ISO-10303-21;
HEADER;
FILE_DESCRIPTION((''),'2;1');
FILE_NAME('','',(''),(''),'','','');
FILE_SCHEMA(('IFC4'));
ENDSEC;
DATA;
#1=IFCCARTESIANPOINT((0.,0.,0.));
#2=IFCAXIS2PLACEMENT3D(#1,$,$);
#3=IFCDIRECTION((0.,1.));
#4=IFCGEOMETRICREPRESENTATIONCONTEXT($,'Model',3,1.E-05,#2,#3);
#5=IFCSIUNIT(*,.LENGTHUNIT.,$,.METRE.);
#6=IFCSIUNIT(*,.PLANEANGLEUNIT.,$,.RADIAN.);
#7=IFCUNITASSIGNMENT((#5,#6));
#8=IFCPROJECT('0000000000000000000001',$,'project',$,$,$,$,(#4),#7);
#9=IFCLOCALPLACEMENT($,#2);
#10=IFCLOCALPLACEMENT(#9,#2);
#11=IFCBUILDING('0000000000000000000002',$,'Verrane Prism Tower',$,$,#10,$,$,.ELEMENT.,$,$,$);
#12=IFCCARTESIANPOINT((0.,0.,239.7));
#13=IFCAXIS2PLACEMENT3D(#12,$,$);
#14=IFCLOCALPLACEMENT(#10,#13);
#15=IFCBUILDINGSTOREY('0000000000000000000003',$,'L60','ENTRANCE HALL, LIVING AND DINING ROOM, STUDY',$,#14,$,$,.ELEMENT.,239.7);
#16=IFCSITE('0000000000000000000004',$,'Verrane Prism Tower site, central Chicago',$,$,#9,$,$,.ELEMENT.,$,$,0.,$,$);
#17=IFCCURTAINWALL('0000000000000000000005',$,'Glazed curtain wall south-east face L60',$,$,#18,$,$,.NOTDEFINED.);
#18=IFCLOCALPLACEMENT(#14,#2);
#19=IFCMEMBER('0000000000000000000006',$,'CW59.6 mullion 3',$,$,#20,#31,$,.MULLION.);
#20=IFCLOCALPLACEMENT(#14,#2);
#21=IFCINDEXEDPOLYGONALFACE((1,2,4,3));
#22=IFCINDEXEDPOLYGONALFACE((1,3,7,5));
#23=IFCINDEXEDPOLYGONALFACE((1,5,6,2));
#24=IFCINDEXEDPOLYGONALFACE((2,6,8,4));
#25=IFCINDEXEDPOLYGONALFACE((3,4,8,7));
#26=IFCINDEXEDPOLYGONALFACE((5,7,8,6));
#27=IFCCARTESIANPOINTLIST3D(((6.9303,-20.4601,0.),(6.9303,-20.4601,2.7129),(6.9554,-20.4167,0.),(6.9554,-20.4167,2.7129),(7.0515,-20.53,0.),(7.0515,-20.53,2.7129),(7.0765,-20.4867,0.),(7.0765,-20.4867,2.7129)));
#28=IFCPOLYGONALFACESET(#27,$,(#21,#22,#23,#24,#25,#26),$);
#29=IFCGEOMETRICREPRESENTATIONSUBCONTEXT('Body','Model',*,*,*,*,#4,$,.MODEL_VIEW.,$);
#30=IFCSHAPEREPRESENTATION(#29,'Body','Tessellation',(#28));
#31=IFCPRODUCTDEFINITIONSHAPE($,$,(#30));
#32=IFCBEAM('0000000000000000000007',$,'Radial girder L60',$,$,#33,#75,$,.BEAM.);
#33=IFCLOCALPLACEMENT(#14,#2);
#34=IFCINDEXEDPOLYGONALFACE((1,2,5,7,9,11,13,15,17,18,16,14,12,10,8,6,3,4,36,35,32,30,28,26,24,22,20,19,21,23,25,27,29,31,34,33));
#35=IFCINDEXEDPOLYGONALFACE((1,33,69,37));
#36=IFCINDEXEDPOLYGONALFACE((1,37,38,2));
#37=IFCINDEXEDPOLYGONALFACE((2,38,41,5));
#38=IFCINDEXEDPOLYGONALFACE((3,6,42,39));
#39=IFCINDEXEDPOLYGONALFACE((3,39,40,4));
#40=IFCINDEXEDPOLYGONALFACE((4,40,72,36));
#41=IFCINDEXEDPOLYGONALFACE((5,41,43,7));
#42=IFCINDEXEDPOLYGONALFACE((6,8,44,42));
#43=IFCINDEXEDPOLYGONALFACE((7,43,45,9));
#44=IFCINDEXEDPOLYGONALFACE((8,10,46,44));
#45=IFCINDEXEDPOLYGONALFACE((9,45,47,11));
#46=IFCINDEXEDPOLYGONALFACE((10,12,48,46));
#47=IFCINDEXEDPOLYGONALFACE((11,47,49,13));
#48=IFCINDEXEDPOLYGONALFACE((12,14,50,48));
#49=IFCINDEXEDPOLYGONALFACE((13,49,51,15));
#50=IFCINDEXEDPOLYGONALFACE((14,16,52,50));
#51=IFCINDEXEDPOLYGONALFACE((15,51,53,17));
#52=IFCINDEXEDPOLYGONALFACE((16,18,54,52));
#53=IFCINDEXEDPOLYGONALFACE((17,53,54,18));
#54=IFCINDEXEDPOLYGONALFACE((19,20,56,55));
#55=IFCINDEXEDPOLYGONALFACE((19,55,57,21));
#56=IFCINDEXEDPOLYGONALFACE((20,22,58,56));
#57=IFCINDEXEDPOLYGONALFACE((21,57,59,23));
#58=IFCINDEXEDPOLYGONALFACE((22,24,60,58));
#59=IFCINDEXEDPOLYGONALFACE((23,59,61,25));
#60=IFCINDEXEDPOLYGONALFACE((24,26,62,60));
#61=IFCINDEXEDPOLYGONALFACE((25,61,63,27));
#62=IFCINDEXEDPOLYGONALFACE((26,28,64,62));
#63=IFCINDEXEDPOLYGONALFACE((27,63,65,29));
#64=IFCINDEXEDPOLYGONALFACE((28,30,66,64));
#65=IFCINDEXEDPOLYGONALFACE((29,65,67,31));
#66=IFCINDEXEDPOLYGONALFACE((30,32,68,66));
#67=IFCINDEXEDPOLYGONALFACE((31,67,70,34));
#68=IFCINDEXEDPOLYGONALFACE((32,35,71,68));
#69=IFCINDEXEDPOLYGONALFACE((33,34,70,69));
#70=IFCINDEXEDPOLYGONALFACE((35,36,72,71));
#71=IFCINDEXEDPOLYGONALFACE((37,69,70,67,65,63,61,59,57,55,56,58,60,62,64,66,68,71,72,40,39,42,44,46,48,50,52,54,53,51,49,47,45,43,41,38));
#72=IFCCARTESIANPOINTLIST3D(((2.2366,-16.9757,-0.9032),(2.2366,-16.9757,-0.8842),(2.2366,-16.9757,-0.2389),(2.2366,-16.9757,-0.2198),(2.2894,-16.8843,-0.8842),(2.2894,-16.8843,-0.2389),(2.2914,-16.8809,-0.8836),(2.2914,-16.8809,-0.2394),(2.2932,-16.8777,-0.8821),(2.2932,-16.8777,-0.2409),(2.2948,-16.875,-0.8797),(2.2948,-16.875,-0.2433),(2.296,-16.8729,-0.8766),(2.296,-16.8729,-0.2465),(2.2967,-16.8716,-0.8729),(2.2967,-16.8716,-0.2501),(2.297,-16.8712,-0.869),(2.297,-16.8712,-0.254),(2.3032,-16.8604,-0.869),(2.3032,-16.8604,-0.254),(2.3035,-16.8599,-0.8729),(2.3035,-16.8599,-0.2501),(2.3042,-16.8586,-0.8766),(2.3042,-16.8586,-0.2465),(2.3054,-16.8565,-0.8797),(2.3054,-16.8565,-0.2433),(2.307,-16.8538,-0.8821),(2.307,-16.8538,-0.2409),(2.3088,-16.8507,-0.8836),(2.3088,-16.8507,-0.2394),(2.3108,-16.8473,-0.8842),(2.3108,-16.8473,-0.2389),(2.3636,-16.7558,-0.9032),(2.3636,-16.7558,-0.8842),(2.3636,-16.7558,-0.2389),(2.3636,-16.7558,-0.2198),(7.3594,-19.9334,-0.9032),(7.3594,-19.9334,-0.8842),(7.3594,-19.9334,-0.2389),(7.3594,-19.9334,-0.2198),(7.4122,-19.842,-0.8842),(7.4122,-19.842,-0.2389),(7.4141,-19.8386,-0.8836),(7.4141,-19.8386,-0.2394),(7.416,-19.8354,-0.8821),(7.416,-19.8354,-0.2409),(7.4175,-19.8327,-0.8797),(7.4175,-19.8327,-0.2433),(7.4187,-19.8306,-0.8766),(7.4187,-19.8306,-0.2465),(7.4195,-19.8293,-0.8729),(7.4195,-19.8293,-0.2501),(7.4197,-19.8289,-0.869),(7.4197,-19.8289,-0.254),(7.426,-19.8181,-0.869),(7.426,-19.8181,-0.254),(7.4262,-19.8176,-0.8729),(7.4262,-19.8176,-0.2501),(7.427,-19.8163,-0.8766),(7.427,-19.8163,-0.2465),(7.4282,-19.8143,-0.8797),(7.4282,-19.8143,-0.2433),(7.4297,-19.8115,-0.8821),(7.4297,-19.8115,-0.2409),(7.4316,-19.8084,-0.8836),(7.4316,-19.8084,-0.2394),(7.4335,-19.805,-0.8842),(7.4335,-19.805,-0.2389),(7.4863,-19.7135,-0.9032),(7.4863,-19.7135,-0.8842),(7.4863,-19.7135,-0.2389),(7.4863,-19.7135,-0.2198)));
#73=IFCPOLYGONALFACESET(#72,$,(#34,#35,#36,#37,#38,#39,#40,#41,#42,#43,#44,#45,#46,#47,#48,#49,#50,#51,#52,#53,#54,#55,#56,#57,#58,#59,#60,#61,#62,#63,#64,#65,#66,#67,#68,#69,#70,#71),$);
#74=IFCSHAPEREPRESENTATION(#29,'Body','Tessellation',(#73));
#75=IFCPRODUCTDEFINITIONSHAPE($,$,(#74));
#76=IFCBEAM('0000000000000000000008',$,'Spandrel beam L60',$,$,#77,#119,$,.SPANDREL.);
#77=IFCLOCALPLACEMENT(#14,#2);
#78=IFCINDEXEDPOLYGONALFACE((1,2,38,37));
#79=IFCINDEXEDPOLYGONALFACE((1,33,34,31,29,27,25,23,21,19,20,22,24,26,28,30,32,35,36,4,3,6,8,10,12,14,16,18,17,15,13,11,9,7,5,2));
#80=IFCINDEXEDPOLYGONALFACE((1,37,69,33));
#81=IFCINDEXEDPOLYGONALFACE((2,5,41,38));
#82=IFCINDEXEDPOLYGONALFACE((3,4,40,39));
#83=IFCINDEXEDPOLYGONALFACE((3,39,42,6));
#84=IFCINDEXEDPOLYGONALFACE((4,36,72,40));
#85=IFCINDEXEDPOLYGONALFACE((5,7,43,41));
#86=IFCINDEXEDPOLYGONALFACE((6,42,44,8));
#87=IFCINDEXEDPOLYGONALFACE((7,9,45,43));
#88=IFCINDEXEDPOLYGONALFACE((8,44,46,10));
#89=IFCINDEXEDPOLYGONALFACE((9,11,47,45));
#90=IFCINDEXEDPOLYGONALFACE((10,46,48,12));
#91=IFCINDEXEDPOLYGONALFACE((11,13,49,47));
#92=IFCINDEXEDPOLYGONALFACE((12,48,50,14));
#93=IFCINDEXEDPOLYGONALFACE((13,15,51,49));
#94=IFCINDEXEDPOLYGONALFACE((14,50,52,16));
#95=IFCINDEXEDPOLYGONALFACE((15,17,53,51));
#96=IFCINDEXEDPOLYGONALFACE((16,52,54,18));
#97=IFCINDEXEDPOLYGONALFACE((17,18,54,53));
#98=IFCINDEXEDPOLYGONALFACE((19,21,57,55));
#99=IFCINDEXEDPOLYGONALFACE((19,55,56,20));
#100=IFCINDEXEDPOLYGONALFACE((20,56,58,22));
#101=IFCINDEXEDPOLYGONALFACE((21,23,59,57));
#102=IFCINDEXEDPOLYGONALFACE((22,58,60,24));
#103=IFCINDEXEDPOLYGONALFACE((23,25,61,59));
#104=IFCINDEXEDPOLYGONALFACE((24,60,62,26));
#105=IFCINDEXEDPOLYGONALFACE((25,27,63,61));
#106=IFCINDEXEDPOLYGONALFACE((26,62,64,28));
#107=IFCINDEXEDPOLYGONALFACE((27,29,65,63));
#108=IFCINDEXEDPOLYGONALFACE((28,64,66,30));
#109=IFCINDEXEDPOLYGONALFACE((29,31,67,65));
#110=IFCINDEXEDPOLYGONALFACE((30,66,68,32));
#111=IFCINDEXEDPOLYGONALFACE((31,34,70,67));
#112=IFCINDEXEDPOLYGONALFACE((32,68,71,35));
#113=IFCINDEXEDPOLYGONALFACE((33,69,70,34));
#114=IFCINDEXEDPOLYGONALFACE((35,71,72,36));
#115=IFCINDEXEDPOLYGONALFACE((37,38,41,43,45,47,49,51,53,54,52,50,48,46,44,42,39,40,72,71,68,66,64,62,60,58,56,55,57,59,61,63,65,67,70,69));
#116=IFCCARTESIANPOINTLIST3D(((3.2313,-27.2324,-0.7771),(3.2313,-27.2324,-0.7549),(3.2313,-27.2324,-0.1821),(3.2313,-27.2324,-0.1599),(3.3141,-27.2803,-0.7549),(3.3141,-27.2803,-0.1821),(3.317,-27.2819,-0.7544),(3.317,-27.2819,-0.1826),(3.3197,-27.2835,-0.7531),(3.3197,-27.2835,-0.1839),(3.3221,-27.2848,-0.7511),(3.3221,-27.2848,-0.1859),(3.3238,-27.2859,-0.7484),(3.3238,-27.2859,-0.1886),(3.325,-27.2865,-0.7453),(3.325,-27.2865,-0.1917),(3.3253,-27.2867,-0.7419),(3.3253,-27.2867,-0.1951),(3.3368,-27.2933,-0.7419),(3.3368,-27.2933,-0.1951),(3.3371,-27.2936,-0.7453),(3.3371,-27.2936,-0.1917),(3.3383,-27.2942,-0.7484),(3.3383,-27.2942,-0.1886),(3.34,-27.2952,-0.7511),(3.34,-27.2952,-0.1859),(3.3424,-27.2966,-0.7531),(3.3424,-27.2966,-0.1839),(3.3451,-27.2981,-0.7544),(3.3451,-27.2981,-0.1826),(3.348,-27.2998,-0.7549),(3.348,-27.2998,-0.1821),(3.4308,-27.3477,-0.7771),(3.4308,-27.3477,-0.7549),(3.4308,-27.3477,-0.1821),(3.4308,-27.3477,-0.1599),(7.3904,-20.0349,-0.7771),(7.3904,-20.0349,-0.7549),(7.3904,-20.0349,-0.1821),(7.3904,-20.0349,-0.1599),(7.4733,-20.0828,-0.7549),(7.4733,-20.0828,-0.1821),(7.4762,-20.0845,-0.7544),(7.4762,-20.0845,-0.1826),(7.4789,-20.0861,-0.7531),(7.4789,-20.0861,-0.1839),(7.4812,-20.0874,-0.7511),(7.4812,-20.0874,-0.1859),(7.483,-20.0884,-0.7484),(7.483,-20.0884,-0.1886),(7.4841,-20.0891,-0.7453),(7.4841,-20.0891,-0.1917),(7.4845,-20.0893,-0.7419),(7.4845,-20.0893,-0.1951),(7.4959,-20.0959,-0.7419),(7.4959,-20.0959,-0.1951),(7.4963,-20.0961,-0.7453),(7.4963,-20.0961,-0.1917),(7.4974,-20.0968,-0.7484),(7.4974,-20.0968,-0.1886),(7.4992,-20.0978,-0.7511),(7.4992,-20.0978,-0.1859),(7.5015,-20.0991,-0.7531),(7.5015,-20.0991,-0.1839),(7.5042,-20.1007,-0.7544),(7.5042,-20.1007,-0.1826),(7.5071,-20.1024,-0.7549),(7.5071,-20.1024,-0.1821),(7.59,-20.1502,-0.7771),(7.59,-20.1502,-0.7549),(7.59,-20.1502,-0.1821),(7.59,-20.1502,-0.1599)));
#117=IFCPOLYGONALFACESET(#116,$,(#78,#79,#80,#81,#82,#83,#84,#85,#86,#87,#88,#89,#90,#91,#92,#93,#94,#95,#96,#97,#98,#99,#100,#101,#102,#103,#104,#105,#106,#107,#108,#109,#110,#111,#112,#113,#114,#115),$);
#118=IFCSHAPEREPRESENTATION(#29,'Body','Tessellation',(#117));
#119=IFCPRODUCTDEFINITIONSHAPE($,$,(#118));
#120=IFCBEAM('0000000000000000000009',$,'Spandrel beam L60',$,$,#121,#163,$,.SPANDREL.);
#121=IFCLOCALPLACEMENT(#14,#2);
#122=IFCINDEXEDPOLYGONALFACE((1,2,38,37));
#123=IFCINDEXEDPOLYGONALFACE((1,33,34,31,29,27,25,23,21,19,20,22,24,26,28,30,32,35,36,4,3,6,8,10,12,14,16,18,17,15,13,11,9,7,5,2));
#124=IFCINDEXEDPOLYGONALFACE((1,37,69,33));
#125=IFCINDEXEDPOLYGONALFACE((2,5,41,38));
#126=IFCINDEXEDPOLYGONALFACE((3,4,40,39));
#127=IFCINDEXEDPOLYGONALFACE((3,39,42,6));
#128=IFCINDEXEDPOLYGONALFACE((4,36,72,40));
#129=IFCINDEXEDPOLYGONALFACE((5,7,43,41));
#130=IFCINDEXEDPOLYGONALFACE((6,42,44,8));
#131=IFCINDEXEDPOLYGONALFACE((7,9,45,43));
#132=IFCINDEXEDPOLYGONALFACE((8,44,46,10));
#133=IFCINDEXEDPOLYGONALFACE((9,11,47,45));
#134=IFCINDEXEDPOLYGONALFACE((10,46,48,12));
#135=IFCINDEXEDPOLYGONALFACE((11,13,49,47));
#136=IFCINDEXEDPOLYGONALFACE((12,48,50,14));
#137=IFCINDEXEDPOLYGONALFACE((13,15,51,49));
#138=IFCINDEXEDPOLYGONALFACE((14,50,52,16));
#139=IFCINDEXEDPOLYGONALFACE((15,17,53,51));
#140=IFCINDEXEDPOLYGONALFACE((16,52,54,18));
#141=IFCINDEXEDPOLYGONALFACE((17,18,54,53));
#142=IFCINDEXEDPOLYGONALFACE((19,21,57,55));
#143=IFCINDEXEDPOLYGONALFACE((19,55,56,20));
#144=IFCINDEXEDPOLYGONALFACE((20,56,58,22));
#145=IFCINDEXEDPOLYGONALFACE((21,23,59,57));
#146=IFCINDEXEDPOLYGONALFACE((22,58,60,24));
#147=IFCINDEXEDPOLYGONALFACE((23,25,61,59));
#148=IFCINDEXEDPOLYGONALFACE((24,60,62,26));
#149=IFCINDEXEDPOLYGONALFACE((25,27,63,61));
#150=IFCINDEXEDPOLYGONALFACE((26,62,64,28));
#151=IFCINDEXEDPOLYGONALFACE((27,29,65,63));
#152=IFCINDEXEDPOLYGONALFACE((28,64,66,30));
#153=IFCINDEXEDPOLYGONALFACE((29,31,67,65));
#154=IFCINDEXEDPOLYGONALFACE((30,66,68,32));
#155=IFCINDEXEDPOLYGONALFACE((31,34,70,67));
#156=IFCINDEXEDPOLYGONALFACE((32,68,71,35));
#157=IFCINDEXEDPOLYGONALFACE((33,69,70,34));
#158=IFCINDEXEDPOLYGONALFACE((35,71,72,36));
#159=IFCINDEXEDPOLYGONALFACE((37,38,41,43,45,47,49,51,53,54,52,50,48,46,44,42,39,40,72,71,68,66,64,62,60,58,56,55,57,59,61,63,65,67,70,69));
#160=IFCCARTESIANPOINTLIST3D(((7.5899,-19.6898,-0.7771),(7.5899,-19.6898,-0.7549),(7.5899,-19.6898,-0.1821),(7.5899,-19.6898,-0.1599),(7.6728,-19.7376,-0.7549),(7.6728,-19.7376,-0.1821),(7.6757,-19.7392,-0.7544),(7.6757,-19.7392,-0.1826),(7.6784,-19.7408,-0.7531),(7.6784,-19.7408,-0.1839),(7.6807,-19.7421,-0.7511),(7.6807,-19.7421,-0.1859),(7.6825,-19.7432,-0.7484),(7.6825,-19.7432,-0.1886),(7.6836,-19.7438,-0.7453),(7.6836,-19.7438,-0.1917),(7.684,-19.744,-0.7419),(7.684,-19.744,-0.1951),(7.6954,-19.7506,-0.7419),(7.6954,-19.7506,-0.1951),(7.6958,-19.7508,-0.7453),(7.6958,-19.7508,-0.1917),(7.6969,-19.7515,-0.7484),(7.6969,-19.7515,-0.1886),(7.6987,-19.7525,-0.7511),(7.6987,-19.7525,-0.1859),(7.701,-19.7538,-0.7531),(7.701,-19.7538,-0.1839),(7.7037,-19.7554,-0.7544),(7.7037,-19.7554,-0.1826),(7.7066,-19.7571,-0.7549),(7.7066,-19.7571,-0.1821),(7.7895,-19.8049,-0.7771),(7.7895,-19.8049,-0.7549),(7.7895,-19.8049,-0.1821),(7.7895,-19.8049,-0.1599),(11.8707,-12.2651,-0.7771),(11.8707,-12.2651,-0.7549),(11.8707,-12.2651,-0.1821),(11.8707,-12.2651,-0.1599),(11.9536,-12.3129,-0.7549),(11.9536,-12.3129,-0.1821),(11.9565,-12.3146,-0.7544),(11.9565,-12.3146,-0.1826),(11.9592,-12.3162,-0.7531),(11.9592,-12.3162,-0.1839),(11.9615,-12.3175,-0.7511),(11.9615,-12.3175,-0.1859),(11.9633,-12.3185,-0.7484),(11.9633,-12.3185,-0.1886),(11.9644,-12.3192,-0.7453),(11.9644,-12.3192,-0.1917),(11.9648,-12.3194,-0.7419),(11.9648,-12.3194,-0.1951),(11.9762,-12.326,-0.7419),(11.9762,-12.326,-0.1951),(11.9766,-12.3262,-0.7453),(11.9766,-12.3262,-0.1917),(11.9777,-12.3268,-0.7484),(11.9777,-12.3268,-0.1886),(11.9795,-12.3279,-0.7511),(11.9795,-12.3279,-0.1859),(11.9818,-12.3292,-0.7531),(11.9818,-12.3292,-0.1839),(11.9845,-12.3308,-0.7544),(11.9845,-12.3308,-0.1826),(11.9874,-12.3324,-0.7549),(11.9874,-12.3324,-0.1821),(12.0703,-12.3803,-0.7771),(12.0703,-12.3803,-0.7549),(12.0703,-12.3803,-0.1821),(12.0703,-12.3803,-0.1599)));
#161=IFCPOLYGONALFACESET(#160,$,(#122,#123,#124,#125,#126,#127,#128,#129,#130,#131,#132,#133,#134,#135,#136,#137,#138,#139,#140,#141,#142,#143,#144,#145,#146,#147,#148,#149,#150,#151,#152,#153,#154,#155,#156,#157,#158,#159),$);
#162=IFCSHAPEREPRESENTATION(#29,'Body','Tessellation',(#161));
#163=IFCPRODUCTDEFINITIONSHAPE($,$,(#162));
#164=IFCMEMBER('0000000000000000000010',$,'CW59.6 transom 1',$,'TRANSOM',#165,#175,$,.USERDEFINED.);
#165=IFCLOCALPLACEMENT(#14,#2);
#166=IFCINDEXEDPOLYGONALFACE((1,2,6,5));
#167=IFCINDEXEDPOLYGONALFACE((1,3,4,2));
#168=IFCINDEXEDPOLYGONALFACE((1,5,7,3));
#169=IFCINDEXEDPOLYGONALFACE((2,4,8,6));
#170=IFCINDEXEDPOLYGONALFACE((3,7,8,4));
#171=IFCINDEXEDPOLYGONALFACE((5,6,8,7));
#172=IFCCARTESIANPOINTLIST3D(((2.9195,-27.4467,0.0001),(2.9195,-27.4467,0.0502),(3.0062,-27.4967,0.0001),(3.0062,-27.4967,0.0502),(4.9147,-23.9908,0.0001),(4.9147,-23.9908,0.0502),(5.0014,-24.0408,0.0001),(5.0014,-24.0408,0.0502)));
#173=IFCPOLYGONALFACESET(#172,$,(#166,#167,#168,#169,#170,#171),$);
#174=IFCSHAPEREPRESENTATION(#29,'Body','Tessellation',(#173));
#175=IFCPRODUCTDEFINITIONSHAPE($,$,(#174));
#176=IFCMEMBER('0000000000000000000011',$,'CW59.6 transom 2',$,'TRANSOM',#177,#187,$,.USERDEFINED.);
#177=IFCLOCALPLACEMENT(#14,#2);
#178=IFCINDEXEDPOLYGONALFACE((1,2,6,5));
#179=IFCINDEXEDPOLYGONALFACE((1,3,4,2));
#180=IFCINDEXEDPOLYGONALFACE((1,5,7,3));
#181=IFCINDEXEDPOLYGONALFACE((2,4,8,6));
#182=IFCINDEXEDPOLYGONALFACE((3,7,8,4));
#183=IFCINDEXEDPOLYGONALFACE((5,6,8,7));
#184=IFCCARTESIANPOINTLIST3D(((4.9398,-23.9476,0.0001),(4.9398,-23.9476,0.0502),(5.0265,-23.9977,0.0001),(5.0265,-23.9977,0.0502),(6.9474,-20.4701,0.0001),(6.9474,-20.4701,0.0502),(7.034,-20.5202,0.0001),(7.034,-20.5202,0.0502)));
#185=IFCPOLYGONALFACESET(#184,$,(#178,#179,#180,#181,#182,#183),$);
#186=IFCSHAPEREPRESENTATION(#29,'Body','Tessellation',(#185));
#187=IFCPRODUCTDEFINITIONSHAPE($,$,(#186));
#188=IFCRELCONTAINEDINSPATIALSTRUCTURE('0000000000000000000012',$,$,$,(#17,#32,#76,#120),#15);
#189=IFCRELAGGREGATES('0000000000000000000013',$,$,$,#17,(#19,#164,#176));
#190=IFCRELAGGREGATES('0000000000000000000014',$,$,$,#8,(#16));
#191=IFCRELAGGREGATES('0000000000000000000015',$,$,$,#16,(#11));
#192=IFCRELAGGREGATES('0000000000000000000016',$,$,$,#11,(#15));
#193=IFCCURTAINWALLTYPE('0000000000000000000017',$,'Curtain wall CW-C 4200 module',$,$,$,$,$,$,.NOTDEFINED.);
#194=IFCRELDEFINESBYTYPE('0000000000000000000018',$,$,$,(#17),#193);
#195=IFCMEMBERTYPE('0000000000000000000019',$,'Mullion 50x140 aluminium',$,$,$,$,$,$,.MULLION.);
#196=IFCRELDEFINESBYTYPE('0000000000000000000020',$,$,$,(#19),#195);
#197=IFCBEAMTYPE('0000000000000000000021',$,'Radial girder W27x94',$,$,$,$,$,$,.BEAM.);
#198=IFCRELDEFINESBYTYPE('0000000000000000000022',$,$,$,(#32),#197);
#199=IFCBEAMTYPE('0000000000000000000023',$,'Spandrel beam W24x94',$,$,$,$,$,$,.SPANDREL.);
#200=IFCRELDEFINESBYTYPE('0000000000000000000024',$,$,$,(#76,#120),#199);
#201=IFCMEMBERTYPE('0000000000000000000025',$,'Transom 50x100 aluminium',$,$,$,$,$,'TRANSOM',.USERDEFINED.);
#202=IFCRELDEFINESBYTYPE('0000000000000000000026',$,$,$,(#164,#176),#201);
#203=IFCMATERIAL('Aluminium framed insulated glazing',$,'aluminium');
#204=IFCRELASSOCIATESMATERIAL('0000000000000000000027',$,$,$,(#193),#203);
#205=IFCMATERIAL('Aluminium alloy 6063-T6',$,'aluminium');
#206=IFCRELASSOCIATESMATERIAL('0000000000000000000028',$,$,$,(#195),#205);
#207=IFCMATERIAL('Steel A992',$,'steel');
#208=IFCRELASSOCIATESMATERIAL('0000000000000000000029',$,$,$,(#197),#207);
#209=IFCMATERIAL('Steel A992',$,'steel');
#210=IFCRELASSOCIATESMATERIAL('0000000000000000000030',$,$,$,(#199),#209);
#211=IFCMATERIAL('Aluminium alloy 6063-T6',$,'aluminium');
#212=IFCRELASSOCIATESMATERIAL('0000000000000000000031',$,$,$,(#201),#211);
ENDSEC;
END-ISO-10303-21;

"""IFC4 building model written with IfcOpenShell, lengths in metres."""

from ifc_helpers import new_model, si_unit, direction, frame, origin, origin_2d, place, context, subcontext, project, spatial, rectangle, i_section, extrude, material, material_profile, profile_set, type_object, element, aggregate, save


model = new_model("IFC4")

# Units and contexts
model_context = context("Model", 3, precision=1e-05, world=origin(), true_north=direction((0.0, 1.0)))
body_context = subcontext(model_context, "Body", "Model", "MODEL_VIEW")
ifc_project = project(units=[si_unit("LENGTHUNIT", "METRE"), si_unit("PLANEANGLEUNIT", "RADIAN")], contexts=[model_context])

# Site, building, storey
site_placement = place(None, origin())
site = spatial("IfcSite", under=ifc_project, at=site_placement, Name="Verrane Prism Tower site, central Chicago", CompositionType="ELEMENT", RefElevation=0.0)
building_placement = place(site_placement, origin())
building = spatial("IfcBuilding", under=site, at=building_placement, Name="Verrane Prism Tower", CompositionType="ELEMENT")
storey_placement = place(building_placement, frame((0.0, 0.0, 239.7)))
storey = spatial("IfcBuildingStorey", under=building, at=storey_placement, Name="L60", Description="ENTRANCE HALL, LIVING AND DINING ROOM, STUDY", CompositionType="ELEMENT", Elevation=239.7)

# Curtain wall, member
ifc_material_1 = material(Name="Aluminium framed insulated glazing", Category="aluminium")
curtain_wall_type_1 = type_object("IfcCurtainWallType", Name="Curtain wall CW-C 4200 module", PredefinedType="NOTDEFINED", material=ifc_material_1)
curtain_wall_1_placement = place(storey_placement, origin())
curtain_wall_1 = element("IfcCurtainWall", 1, at=curtain_wall_1_placement, inside=storey, type_object=curtain_wall_type_1, Name="Glazed curtain wall south-east face L60", PredefinedType="NOTDEFINED")
ifc_material_2 = material(Name="Aluminium alloy 6063-T6", Category="aluminium")
ifc_material_profile_1 = material_profile(ifc_material_2, rectangle(XDim=0.1399, YDim=0.05, at=origin_2d()), Name="Mullion 50x140 aluminium")
ifc_profile_set_1 = profile_set([ifc_material_profile_1], Name="Aluminium alloy 6063-T6")
member_type_1 = type_object("IfcMemberType", Name="Mullion 50x140 aluminium", PredefinedType="MULLION", material=ifc_profile_set_1)
member_1_placement = place(storey_placement, frame((7.0034, -20.4734, 0.0), z_axis=(0.0, 0.0, 1.0), x_axis=(-0.866026, 0.499999, 0.0)))
member_1 = element("IfcMember", 2, at=member_1_placement, type_object=member_type_1, Name="CW59.6 mullion 3", PredefinedType="MULLION", context=body_context, shape_type="SweptSolid", body=[
    extrude(rectangle(XDim=0.1399, YDim=0.05, at=origin_2d()), origin(), (0.0, 0.0, 1.0), 2.7129),
])

# Beams
ifc_material_3 = material(Name="Steel A992", Category="steel")
ifc_material_profile_2 = material_profile(ifc_material_3, i_section(OverallWidth=0.2539, OverallDepth=0.6833, WebThickness=0.0125, FlangeThickness=0.019, FilletRadius=0.0151, at=origin_2d()), Name="W27x94")
ifc_profile_set_2 = profile_set([ifc_material_profile_2], Name="Steel A992")
beam_type_1 = type_object("IfcBeamType", Name="Radial girder W27x94", PredefinedType="BEAM", material=ifc_profile_set_2)
beam_1_placement = place(storey_placement, frame((7.4229, -19.8235, -0.5615), z_axis=(-0.866017, 0.500014, 0.0), x_axis=(-0.500014, -0.866017, 0.0)))
element("IfcBeam", 3, at=beam_1_placement, inside=storey, type_object=beam_type_1, Name="Radial girder L60", PredefinedType="BEAM", context=body_context, shape_type="SweptSolid", body=[
    extrude(i_section(OverallWidth=0.2539, OverallDepth=0.6833, WebThickness=0.0125, FlangeThickness=0.019, FilletRadius=0.0151, at=origin_2d()), origin(), (0.0, 0.0, 1.0), 5.9153),
])
ifc_material_4 = material(Name="Steel A992", Category="steel")
ifc_material_profile_3 = material_profile(ifc_material_4, i_section(OverallWidth=0.2305, OverallDepth=0.6172, WebThickness=0.0132, FlangeThickness=0.0222, FilletRadius=0.0129, at=origin_2d()), Name="W24x94")
ifc_profile_set_3 = profile_set([ifc_material_profile_3], Name="Steel A992")
beam_type_2 = type_object("IfcBeamType", Name="Spandrel beam W24x94", PredefinedType="SPANDREL", material=ifc_profile_set_3)
beam_2_placement = place(storey_placement, frame((3.3311, -27.29, -0.4685), z_axis=(0.500333, 0.865833, 0.0), x_axis=(-0.865833, 0.500333, 0.0)))
element("IfcBeam", 4, at=beam_2_placement, inside=storey, type_object=beam_type_2, Name="Spandrel beam L60", PredefinedType="SPANDREL", context=body_context, shape_type="SweptSolid", body=[
    extrude(i_section(OverallWidth=0.2305, OverallDepth=0.6172, WebThickness=0.0132, FlangeThickness=0.0222, FilletRadius=0.0129, at=origin_2d()), origin(), (0.0, 0.0, 1.0), 8.3127),
])
beam_3_placement = place(storey_placement, frame((7.6897, -19.7473, -0.4685), z_axis=(0.499491, 0.866319, 0.0), x_axis=(-0.866319, 0.499491, 0.0)))
element("IfcBeam", 5, at=beam_3_placement, inside=storey, type_object=beam_type_2, Name="Spandrel beam L60", PredefinedType="SPANDREL", context=body_context, shape_type="SweptSolid", body=[
    extrude(i_section(OverallWidth=0.2305, OverallDepth=0.6172, WebThickness=0.0132, FlangeThickness=0.0222, FilletRadius=0.0129, at=origin_2d()), origin(), (0.0, 0.0, 1.0), 8.5703),
])

# Members
ifc_material_5 = material(Name="Aluminium alloy 6063-T6", Category="aluminium")
ifc_material_profile_4 = material_profile(ifc_material_5, rectangle(XDim=0.1001, YDim=0.05, at=origin_2d()), Name="Transom 50x100 aluminium")
ifc_profile_set_4 = profile_set([ifc_material_profile_4], Name="Aluminium alloy 6063-T6")
member_type_2 = type_object("IfcMemberType", Name="Transom 50x100 aluminium", ElementType="TRANSOM", PredefinedType="USERDEFINED", material=ifc_profile_set_4)
member_2_placement = place(storey_placement, frame((2.9629, -27.4717, 0.0251), z_axis=(0.499982, 0.866036, 0.0), x_axis=(-0.866036, 0.499982, 0.0)))
member_2 = element("IfcMember", 6, at=member_2_placement, type_object=member_type_2, Name="CW59.6 transom 1", ObjectType="TRANSOM", PredefinedType="USERDEFINED", context=body_context, shape_type="SweptSolid", body=[
    extrude(rectangle(XDim=0.1001, YDim=0.05, at=origin_2d()), origin(), (0.0, 0.0, 1.0), 3.9905),
])
member_3_placement = place(storey_placement, frame((4.9832, -23.9727, 0.0251), z_axis=(0.499965, 0.866046, 0.0), x_axis=(-0.866046, 0.499965, 0.0)))
member_3 = element("IfcMember", 7, at=member_3_placement, type_object=member_type_2, Name="CW59.6 transom 2", ObjectType="TRANSOM", PredefinedType="USERDEFINED", context=body_context, shape_type="SweptSolid", body=[
    extrude(rectangle(XDim=0.1001, YDim=0.05, at=origin_2d()), origin(), (0.0, 0.0, 1.0), 4.0154),
])

aggregate(curtain_wall_1, [member_1, member_2, member_3])

save(model, "model.ifc")
